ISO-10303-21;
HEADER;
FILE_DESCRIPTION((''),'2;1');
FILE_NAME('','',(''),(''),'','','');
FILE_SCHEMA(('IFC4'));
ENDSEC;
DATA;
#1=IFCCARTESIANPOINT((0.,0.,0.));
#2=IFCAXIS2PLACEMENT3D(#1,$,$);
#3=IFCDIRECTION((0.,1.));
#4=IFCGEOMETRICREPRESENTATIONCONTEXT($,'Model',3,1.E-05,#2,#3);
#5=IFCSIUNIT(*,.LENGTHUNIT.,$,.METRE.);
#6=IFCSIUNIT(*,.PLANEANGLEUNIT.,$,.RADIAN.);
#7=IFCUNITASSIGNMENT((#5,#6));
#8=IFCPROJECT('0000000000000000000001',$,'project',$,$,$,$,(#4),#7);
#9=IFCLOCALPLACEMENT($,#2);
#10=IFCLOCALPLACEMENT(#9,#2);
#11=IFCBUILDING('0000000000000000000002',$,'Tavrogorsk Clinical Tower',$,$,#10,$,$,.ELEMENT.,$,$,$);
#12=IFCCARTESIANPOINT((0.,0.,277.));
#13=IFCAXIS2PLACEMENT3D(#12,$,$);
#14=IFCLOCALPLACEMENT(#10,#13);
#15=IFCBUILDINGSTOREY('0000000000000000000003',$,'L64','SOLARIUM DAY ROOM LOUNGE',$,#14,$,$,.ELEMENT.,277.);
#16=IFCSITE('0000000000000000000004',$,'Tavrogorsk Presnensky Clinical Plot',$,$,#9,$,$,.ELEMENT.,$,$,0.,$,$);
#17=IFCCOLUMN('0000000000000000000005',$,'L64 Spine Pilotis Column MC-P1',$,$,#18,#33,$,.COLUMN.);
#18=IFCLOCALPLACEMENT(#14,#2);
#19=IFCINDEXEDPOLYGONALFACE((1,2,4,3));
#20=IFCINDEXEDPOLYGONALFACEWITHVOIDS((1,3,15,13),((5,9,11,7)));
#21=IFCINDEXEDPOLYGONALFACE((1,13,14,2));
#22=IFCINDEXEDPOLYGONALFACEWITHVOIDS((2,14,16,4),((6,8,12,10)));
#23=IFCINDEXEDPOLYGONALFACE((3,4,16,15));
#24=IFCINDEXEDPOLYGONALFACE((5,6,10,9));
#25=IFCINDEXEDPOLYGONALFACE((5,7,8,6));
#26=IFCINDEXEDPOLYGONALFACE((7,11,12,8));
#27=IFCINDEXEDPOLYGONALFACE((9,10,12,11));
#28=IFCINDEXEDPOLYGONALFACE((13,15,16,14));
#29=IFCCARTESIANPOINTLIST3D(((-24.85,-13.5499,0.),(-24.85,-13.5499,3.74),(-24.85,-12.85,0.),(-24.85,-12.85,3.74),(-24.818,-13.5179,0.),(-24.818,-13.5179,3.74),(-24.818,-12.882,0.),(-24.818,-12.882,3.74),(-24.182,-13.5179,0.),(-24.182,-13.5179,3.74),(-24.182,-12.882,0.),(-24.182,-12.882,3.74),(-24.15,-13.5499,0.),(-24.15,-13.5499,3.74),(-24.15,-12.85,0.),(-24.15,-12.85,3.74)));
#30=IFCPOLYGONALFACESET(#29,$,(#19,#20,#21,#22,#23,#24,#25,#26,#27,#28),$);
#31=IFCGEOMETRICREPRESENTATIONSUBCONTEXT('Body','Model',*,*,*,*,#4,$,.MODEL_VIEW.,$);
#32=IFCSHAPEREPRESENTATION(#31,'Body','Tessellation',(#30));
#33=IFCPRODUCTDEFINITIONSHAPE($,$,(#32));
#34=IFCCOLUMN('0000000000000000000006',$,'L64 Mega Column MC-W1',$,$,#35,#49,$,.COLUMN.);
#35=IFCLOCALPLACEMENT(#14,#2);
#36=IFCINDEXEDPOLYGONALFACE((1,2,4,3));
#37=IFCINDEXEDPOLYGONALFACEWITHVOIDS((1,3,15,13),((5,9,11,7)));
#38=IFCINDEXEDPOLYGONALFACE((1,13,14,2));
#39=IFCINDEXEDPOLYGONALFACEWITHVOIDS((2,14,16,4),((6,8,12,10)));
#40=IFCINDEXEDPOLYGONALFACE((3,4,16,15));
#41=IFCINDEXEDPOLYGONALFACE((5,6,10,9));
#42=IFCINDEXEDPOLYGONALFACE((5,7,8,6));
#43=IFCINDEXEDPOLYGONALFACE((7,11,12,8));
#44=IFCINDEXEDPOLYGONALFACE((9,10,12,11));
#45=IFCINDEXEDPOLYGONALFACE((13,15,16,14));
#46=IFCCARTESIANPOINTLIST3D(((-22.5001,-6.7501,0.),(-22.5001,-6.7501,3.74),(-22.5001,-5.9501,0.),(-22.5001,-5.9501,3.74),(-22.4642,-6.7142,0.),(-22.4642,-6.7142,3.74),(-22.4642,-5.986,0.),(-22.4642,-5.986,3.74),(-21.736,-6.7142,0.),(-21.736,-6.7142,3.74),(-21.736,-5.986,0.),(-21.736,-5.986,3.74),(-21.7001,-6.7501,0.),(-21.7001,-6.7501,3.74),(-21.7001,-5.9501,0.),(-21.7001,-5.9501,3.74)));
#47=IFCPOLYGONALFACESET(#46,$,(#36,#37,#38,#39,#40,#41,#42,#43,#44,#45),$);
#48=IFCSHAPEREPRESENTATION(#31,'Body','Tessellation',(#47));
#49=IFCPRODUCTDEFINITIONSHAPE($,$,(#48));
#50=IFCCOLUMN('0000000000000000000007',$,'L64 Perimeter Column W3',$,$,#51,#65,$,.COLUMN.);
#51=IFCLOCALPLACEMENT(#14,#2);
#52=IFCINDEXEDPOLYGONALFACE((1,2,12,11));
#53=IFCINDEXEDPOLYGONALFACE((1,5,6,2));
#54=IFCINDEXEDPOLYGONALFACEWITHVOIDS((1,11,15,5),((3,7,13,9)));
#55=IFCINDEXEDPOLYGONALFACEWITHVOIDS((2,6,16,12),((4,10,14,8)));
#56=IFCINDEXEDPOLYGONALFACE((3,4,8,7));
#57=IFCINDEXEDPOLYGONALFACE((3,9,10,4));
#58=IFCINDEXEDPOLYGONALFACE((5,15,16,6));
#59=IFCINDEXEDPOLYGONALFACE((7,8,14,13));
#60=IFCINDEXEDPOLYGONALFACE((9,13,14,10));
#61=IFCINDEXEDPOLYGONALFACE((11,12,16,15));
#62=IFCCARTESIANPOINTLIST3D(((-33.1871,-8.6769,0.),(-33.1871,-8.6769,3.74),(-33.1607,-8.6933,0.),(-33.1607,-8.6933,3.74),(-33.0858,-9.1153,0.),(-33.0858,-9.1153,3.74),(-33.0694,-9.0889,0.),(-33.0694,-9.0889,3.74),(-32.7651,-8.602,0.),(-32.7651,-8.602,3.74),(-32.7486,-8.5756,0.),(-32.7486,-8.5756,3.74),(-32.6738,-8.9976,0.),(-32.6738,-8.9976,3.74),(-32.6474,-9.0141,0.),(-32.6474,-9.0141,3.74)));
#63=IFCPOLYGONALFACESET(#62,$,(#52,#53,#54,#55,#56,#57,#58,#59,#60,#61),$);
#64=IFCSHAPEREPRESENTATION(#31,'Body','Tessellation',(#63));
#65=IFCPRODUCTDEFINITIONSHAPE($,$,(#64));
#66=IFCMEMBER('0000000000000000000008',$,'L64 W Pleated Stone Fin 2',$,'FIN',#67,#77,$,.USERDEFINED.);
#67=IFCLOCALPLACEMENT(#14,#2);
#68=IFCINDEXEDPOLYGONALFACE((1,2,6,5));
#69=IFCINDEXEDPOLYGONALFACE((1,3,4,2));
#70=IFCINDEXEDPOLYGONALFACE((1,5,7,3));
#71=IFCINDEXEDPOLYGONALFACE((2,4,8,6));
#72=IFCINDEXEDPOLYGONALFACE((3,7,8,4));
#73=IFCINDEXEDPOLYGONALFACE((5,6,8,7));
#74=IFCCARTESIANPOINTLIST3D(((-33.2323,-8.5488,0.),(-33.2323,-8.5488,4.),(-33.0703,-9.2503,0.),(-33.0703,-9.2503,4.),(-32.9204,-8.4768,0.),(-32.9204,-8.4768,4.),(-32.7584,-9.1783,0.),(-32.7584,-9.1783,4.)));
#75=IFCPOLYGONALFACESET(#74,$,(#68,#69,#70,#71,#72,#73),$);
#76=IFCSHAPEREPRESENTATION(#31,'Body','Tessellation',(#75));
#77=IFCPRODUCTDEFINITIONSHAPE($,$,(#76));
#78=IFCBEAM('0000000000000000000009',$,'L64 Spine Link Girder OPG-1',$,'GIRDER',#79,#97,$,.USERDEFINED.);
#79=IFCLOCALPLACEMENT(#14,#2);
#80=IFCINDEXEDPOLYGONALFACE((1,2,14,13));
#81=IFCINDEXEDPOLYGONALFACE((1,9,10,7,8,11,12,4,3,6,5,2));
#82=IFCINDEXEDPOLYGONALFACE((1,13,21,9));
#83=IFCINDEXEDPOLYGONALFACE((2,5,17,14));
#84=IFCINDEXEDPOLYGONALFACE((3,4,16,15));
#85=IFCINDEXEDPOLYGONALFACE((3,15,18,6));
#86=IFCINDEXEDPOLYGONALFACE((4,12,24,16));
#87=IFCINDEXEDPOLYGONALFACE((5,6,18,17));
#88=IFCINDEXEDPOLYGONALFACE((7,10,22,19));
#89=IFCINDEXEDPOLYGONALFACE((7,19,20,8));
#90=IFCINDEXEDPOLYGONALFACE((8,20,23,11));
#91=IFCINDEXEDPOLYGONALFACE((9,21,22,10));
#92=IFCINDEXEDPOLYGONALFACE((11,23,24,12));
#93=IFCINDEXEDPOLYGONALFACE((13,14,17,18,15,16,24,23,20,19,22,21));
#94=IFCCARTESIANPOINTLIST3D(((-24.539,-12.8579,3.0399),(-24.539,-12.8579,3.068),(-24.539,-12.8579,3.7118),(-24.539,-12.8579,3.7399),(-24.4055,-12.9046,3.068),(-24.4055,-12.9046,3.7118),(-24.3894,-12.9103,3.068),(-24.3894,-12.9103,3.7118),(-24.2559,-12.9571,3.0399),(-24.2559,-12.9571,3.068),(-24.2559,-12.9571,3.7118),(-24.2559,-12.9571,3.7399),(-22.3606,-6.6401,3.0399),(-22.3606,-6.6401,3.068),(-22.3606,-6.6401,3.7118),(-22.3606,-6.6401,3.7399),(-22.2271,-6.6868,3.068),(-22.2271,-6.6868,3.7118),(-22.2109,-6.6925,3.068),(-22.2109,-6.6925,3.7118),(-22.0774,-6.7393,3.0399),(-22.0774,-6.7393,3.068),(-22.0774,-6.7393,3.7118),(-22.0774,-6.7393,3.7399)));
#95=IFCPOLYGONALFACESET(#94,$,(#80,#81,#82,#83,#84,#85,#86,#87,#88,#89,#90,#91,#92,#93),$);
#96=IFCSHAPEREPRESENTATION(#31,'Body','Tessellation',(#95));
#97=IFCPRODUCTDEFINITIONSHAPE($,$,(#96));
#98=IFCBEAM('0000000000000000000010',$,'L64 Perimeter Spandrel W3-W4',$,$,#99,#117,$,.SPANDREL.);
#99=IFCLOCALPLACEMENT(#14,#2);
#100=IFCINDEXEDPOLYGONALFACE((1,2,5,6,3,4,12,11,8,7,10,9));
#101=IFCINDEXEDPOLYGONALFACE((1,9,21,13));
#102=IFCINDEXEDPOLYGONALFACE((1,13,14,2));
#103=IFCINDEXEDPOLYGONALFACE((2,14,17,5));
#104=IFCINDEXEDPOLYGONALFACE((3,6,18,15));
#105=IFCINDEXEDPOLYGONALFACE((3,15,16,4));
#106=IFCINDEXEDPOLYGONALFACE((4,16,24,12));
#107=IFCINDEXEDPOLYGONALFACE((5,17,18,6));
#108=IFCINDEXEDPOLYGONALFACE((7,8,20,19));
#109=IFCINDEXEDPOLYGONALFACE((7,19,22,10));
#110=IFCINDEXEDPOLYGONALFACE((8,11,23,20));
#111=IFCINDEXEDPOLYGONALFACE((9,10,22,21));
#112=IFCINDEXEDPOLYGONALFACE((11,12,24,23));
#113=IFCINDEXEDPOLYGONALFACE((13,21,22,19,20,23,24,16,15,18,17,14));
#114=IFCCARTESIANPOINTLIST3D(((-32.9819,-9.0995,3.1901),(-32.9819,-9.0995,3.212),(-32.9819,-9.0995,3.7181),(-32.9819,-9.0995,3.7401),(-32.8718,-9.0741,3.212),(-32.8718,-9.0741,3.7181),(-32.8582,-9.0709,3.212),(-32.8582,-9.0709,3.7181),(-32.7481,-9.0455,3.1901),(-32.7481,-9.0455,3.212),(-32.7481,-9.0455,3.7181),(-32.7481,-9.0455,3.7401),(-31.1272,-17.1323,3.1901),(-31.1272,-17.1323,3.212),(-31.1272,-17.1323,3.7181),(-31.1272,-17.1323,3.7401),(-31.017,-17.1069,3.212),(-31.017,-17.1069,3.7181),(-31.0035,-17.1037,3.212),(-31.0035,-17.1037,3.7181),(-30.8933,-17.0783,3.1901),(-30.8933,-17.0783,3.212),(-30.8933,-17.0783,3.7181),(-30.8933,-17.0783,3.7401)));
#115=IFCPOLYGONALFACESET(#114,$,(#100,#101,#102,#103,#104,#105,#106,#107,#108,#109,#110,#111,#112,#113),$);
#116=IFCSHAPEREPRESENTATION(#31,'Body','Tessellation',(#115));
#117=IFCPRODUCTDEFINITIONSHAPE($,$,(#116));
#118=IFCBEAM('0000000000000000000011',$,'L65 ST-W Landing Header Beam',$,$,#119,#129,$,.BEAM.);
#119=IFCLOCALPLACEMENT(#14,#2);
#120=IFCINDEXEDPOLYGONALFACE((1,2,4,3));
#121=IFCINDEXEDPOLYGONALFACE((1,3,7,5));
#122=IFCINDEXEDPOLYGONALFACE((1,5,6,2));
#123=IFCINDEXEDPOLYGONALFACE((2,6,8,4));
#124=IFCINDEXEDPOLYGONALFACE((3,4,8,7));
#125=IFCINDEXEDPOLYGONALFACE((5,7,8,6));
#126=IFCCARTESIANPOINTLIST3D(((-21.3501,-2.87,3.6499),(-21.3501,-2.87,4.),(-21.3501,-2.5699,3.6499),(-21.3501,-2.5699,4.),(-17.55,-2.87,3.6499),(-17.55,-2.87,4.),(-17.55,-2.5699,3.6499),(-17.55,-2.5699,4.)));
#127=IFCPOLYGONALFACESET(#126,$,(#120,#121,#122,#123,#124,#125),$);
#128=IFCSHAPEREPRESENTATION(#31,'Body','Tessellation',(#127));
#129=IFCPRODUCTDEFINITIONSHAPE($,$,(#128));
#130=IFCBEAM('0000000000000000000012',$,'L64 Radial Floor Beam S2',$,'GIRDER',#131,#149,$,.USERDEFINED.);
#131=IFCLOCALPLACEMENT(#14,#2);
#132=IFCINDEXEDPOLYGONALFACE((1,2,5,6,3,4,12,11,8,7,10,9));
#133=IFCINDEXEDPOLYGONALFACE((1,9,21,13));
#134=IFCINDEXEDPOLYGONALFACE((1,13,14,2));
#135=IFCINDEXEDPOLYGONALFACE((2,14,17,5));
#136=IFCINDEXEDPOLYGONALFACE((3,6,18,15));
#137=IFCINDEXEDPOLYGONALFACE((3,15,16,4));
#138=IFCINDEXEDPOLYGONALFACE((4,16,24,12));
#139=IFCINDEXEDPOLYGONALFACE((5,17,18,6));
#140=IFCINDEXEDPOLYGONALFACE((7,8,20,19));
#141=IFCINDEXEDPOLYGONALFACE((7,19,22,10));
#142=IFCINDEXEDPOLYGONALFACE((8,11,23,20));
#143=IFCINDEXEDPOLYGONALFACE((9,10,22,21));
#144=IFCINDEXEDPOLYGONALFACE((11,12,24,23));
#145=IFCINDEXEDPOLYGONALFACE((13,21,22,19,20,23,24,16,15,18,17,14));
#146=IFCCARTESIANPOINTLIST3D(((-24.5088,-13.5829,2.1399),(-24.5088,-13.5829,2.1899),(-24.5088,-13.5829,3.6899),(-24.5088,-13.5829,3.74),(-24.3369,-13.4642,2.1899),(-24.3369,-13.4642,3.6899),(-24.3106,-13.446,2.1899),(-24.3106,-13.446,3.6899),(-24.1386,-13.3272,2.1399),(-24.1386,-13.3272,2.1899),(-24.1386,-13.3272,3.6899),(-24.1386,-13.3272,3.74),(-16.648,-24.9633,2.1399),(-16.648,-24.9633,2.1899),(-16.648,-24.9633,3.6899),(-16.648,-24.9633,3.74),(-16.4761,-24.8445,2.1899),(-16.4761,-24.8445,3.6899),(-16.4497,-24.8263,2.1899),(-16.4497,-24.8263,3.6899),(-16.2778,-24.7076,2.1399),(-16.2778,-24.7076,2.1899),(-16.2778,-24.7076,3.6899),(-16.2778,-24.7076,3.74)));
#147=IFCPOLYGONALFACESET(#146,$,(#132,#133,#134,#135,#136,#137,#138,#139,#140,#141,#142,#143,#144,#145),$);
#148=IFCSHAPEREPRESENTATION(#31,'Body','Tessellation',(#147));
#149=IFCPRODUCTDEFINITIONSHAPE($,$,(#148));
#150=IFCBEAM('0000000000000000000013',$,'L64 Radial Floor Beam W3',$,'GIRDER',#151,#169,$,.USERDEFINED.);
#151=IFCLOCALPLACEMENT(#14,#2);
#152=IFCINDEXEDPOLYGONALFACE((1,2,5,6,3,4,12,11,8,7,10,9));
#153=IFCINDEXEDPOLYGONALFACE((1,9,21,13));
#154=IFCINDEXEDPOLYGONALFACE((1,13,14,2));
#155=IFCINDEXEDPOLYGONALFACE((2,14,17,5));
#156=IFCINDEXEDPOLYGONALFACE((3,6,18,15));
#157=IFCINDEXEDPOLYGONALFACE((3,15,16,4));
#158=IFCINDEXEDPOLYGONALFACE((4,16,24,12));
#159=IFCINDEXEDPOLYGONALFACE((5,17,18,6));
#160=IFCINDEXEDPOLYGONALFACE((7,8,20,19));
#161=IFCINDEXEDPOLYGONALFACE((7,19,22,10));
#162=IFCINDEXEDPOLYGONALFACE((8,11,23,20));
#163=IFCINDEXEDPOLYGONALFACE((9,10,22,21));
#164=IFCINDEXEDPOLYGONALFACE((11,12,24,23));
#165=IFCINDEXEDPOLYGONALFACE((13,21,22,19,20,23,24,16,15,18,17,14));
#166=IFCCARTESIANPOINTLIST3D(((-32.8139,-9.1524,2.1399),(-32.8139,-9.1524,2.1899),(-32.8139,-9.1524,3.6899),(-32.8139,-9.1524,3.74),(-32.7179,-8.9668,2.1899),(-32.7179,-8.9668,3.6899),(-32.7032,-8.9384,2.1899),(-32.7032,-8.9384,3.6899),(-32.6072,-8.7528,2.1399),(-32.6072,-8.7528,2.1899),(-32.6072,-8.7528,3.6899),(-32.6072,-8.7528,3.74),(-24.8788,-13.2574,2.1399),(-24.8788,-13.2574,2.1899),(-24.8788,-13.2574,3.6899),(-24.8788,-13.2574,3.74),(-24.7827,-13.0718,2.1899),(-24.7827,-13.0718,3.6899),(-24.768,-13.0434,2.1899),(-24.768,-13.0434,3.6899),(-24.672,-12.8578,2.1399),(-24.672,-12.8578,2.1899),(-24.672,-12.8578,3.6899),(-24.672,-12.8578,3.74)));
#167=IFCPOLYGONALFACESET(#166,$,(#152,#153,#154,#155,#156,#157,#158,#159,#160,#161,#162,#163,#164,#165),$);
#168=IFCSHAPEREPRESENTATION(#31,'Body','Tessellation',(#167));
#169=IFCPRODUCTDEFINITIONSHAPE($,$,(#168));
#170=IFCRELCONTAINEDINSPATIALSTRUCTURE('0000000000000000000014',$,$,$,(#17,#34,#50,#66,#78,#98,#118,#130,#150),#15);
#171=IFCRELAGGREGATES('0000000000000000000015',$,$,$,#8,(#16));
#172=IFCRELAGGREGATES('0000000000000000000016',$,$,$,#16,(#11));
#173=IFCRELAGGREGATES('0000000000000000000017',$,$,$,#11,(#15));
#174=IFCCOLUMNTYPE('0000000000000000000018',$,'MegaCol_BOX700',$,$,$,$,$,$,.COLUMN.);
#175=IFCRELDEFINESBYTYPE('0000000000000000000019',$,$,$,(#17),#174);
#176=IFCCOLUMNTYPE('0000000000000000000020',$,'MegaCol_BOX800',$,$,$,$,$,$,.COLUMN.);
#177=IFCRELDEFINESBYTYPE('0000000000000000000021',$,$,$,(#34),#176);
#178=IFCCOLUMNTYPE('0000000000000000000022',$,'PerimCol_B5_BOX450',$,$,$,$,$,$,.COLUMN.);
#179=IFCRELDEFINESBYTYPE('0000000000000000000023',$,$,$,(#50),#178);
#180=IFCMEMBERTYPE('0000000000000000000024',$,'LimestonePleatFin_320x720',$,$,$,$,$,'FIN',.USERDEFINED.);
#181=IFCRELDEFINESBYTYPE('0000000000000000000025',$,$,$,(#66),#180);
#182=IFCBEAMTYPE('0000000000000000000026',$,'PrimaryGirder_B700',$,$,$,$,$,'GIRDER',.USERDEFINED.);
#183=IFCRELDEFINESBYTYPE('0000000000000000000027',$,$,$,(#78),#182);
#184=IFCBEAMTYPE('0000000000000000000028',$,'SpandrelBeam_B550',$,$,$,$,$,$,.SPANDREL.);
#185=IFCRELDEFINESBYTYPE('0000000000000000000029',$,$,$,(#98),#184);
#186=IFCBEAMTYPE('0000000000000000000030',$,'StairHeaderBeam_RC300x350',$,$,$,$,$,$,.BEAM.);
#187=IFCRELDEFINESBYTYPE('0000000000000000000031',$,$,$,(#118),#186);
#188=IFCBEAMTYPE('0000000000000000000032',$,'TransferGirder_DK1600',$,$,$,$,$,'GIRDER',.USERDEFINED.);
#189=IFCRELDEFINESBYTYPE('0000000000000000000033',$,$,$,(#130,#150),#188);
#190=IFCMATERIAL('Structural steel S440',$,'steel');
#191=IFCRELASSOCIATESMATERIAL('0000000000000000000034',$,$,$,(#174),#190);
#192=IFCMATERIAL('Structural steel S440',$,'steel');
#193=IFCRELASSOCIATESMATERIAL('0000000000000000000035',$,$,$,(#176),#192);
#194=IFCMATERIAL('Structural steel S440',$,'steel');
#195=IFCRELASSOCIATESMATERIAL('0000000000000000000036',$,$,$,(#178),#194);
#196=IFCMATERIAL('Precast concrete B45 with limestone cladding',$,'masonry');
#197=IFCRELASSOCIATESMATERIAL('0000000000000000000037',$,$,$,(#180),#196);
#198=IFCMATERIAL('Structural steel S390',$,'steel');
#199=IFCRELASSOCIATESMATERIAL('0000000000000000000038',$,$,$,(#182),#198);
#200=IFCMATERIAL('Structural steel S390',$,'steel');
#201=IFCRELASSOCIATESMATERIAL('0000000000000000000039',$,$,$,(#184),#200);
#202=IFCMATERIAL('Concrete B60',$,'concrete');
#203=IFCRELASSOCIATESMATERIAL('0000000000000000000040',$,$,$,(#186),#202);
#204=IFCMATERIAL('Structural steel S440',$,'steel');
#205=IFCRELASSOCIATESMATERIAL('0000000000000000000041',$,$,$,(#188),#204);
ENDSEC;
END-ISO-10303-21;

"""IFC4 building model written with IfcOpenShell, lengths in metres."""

from ifc_helpers import new_model, si_unit, direction, frame, origin, origin_2d, place, context, subcontext, project, spatial, rectangle, hollow_rectangle, i_section, extrude, material, material_profile, profile_set, type_object, element, save


model = new_model("IFC4")

# Units and contexts
model_context = context("Model", 3, precision=1e-05, world=origin(), true_north=direction((0.0, 1.0)))
body_context = subcontext(model_context, "Body", "Model", "MODEL_VIEW")
ifc_project = project(units=[si_unit("LENGTHUNIT", "METRE"), si_unit("PLANEANGLEUNIT", "RADIAN")], contexts=[model_context])

# Site, building, storey
site_placement = place(None, origin())
site = spatial("IfcSite", under=ifc_project, at=site_placement, Name="Tavrogorsk Presnensky Clinical Plot", CompositionType="ELEMENT", RefElevation=0.0)
building_placement = place(site_placement, origin())
building = spatial("IfcBuilding", under=site, at=building_placement, Name="Tavrogorsk Clinical Tower", CompositionType="ELEMENT")
storey_placement = place(building_placement, frame((0.0, 0.0, 277.0)))
storey = spatial("IfcBuildingStorey", under=building, at=storey_placement, Name="L64", Description="SOLARIUM DAY ROOM LOUNGE", CompositionType="ELEMENT", Elevation=277.0)

# Columns
ifc_material_1 = material(Name="Structural steel S440", Category="steel")
ifc_material_profile_1 = material_profile(ifc_material_1, hollow_rectangle(XDim=0.7, YDim=0.7, WallThickness=0.032, at=origin_2d()), Name="BOX-700x700x32")
ifc_profile_set_1 = profile_set([ifc_material_profile_1], Name="Structural steel S440")
column_type_1 = type_object("IfcColumnType", Name="MegaCol_BOX700", PredefinedType="COLUMN", material=ifc_profile_set_1)
column_1_placement = place(storey_placement, frame((-24.5, -13.2, 0.0), z_axis=(0.0, 0.0, 1.0), x_axis=(1.0, 0.0, 0.0)))
element("IfcColumn", 1, at=column_1_placement, inside=storey, type_object=column_type_1, Name="L64 Spine Pilotis Column MC-P1", PredefinedType="COLUMN", context=body_context, shape_type="SweptSolid", body=[
    extrude(hollow_rectangle(XDim=0.7, YDim=0.7, WallThickness=0.032, at=origin_2d()), origin(), (0.0, 0.0, 1.0), 3.74),
])
ifc_material_2 = material(Name="Structural steel S440", Category="steel")
ifc_material_profile_2 = material_profile(ifc_material_2, hollow_rectangle(XDim=0.8, YDim=0.8, WallThickness=0.0359, at=origin_2d()), Name="BOX-800x800x36")
ifc_profile_set_2 = profile_set([ifc_material_profile_2], Name="Structural steel S440")
column_type_2 = type_object("IfcColumnType", Name="MegaCol_BOX800", PredefinedType="COLUMN", material=ifc_profile_set_2)
column_2_placement = place(storey_placement, frame((-22.1001, -6.3501, 0.0), z_axis=(0.0, 0.0, 1.0), x_axis=(1.0, 0.0, 0.0)))
element("IfcColumn", 2, at=column_2_placement, inside=storey, type_object=column_type_2, Name="L64 Mega Column MC-W1", PredefinedType="COLUMN", context=body_context, shape_type="SweptSolid", body=[
    extrude(hollow_rectangle(XDim=0.8, YDim=0.8, WallThickness=0.0359, at=origin_2d()), origin(), (0.0, 0.0, 1.0), 3.74),
])
ifc_material_3 = material(Name="Structural steel S440", Category="steel")
ifc_material_profile_3 = material_profile(ifc_material_3, hollow_rectangle(XDim=0.45, YDim=0.45, WallThickness=0.022, at=origin_2d()), Name="BOX-450x450x22")
ifc_profile_set_3 = profile_set([ifc_material_profile_3], Name="Structural steel S440")
column_type_3 = type_object("IfcColumnType", Name="PerimCol_B5_BOX450", PredefinedType="COLUMN", material=ifc_profile_set_3)
column_3_placement = place(storey_placement, frame((-32.9172, -8.8455, 0.0), z_axis=(0.0, 0.0, 1.0), x_axis=(0.97437, 0.224951, 0.0)))
element("IfcColumn", 3, at=column_3_placement, inside=storey, type_object=column_type_3, Name="L64 Perimeter Column W3", PredefinedType="COLUMN", context=body_context, shape_type="SweptSolid", body=[
    extrude(hollow_rectangle(XDim=0.45, YDim=0.45, WallThickness=0.022, at=origin_2d()), origin(), (0.0, 0.0, 1.0), 3.74),
])

# Member
ifc_material_4 = material(Name="Precast concrete B45 with limestone cladding", Category="masonry")
ifc_material_profile_4 = material_profile(ifc_material_4, rectangle(XDim=0.3201, YDim=0.72, at=origin_2d()), Name="LIMESTONE-FIN-320x720")
ifc_profile_set_4 = profile_set([ifc_material_profile_4], Name="Precast concrete B45 with limestone cladding")
member_type = type_object("IfcMemberType", Name="LimestonePleatFin_320x720", ElementType="FIN", PredefinedType="USERDEFINED", material=ifc_profile_set_4)
member_placement = place(storey_placement, frame((-32.9954, -8.8635, 0.0), z_axis=(0.0, 0.0, 1.0), x_axis=(0.97437, 0.224951, 0.0)))
element("IfcMember", 4, at=member_placement, inside=storey, type_object=member_type, Name="L64 W Pleated Stone Fin 2", ObjectType="FIN", PredefinedType="USERDEFINED", context=body_context, shape_type="SweptSolid", body=[
    extrude(rectangle(XDim=0.3201, YDim=0.72, at=origin_2d()), origin(), (0.0, 0.0, 1.0), 4.0),
])

# Beams
ifc_material_5 = material(Name="Structural steel S390", Category="steel")
ifc_material_profile_5 = material_profile(ifc_material_5, i_section(OverallWidth=0.3, OverallDepth=0.7, WebThickness=0.0171, FlangeThickness=0.0281, at=origin_2d()), Name="B-700x300x17x28")
ifc_profile_set_5 = profile_set([ifc_material_profile_5], Name="Structural steel S390")
beam_type_1 = type_object("IfcBeamType", Name="PrimaryGirder_B700", ElementType="GIRDER", PredefinedType="USERDEFINED", material=ifc_profile_set_5)
beam_1_placement = place(storey_placement, frame((-24.3975, -12.9075, 3.3899), z_axis=(0.330654, 0.943752, 0.0), x_axis=(-0.943752, 0.330654, 0.0)))
element("IfcBeam", 5, at=beam_1_placement, inside=storey, type_object=beam_type_1, Name="L64 Spine Link Girder OPG-1", ObjectType="GIRDER", PredefinedType="USERDEFINED", context=body_context, shape_type="SweptSolid", body=[
    extrude(i_section(OverallWidth=0.3, OverallDepth=0.7, WebThickness=0.0171, FlangeThickness=0.0281, at=origin_2d()), origin(), (0.0, 0.0, 1.0), 6.5884),
])
ifc_material_6 = material(Name="Structural steel S390", Category="steel")
ifc_material_profile_6 = material_profile(ifc_material_6, i_section(OverallWidth=0.24, OverallDepth=0.55, WebThickness=0.0139, FlangeThickness=0.022, at=origin_2d()), Name="B-550x240x14x22")
ifc_profile_set_6 = profile_set([ifc_material_profile_6], Name="Structural steel S390")
beam_type_2 = type_object("IfcBeamType", Name="SpandrelBeam_B550", PredefinedType="SPANDREL", material=ifc_profile_set_6)
beam_2_placement = place(storey_placement, frame((-32.865, -9.0725, 3.4651), z_axis=(0.224978, -0.974364, 0.0), x_axis=(0.974364, 0.224978, 0.0)))
element("IfcBeam", 6, at=beam_2_placement, inside=storey, type_object=beam_type_2, Name="L64 Perimeter Spandrel W3-W4", PredefinedType="SPANDREL", context=body_context, shape_type="SweptSolid", body=[
    extrude(i_section(OverallWidth=0.24, OverallDepth=0.55, WebThickness=0.0139, FlangeThickness=0.022, at=origin_2d()), origin(), (0.0, 0.0, 1.0), 8.2441),
])
ifc_material_7 = material(Name="Concrete B60", Category="concrete")
ifc_material_profile_7 = material_profile(ifc_material_7, rectangle(XDim=0.3, YDim=0.3501, at=origin_2d()), Name="RC-SHB-300x350")
ifc_profile_set_7 = profile_set([ifc_material_profile_7], Name="Concrete B60")
beam_type_3 = type_object("IfcBeamType", Name="StairHeaderBeam_RC300x350", PredefinedType="BEAM", material=ifc_profile_set_7)
beam_3_placement = place(storey_placement, frame((-21.3501, -2.72, 3.825), z_axis=(1.0, 0.0, 0.0), x_axis=(0.0, 1.0, 0.0)))
element("IfcBeam", 7, at=beam_3_placement, inside=storey, type_object=beam_type_3, Name="L65 ST-W Landing Header Beam", PredefinedType="BEAM", context=body_context, shape_type="SweptSolid", body=[
    extrude(rectangle(XDim=0.3, YDim=0.3501, at=origin_2d()), origin(), (0.0, 0.0, 1.0), 3.8),
])
ifc_material_8 = material(Name="Structural steel S440", Category="steel")
ifc_material_profile_8 = material_profile(ifc_material_8, i_section(OverallWidth=0.45, OverallDepth=1.6001, WebThickness=0.032, FlangeThickness=0.05, at=origin_2d()), Name="DK-1600x450x32x50")
ifc_profile_set_8 = profile_set([ifc_material_profile_8], Name="Structural steel S440")
beam_type_4 = type_object("IfcBeamType", Name="TransferGirder_DK1600", ElementType="GIRDER", PredefinedType="USERDEFINED", material=ifc_profile_set_8)
beam_4_placement = place(storey_placement, frame((-24.3237, -13.4551, 2.9399), z_axis=(0.568336, -0.822797, 0.0), x_axis=(0.822797, 0.568336, 0.0)))
element("IfcBeam", 8, at=beam_4_placement, inside=storey, type_object=beam_type_4, Name="L64 Radial Floor Beam S2", ObjectType="GIRDER", PredefinedType="USERDEFINED", context=body_context, shape_type="SweptSolid", body=[
    extrude(i_section(OverallWidth=0.45, OverallDepth=1.6001, WebThickness=0.032, FlangeThickness=0.05, at=origin_2d()), origin(), (0.0, 0.0, 1.0), 13.8313),
])
beam_5_placement = place(storey_placement, frame((-24.7754, -13.0576, 2.9399), z_axis=(-0.888188, 0.459479, 0.0), x_axis=(-0.459479, -0.888188, 0.0)))
element("IfcBeam", 9, at=beam_5_placement, inside=storey, type_object=beam_type_4, Name="L64 Radial Floor Beam W3", ObjectType="GIRDER", PredefinedType="USERDEFINED", context=body_context, shape_type="SweptSolid", body=[
    extrude(i_section(OverallWidth=0.45, OverallDepth=1.6001, WebThickness=0.032, FlangeThickness=0.05, at=origin_2d()), origin(), (0.0, 0.0, 1.0), 8.9341),
])

save(model, "model.ifc")
